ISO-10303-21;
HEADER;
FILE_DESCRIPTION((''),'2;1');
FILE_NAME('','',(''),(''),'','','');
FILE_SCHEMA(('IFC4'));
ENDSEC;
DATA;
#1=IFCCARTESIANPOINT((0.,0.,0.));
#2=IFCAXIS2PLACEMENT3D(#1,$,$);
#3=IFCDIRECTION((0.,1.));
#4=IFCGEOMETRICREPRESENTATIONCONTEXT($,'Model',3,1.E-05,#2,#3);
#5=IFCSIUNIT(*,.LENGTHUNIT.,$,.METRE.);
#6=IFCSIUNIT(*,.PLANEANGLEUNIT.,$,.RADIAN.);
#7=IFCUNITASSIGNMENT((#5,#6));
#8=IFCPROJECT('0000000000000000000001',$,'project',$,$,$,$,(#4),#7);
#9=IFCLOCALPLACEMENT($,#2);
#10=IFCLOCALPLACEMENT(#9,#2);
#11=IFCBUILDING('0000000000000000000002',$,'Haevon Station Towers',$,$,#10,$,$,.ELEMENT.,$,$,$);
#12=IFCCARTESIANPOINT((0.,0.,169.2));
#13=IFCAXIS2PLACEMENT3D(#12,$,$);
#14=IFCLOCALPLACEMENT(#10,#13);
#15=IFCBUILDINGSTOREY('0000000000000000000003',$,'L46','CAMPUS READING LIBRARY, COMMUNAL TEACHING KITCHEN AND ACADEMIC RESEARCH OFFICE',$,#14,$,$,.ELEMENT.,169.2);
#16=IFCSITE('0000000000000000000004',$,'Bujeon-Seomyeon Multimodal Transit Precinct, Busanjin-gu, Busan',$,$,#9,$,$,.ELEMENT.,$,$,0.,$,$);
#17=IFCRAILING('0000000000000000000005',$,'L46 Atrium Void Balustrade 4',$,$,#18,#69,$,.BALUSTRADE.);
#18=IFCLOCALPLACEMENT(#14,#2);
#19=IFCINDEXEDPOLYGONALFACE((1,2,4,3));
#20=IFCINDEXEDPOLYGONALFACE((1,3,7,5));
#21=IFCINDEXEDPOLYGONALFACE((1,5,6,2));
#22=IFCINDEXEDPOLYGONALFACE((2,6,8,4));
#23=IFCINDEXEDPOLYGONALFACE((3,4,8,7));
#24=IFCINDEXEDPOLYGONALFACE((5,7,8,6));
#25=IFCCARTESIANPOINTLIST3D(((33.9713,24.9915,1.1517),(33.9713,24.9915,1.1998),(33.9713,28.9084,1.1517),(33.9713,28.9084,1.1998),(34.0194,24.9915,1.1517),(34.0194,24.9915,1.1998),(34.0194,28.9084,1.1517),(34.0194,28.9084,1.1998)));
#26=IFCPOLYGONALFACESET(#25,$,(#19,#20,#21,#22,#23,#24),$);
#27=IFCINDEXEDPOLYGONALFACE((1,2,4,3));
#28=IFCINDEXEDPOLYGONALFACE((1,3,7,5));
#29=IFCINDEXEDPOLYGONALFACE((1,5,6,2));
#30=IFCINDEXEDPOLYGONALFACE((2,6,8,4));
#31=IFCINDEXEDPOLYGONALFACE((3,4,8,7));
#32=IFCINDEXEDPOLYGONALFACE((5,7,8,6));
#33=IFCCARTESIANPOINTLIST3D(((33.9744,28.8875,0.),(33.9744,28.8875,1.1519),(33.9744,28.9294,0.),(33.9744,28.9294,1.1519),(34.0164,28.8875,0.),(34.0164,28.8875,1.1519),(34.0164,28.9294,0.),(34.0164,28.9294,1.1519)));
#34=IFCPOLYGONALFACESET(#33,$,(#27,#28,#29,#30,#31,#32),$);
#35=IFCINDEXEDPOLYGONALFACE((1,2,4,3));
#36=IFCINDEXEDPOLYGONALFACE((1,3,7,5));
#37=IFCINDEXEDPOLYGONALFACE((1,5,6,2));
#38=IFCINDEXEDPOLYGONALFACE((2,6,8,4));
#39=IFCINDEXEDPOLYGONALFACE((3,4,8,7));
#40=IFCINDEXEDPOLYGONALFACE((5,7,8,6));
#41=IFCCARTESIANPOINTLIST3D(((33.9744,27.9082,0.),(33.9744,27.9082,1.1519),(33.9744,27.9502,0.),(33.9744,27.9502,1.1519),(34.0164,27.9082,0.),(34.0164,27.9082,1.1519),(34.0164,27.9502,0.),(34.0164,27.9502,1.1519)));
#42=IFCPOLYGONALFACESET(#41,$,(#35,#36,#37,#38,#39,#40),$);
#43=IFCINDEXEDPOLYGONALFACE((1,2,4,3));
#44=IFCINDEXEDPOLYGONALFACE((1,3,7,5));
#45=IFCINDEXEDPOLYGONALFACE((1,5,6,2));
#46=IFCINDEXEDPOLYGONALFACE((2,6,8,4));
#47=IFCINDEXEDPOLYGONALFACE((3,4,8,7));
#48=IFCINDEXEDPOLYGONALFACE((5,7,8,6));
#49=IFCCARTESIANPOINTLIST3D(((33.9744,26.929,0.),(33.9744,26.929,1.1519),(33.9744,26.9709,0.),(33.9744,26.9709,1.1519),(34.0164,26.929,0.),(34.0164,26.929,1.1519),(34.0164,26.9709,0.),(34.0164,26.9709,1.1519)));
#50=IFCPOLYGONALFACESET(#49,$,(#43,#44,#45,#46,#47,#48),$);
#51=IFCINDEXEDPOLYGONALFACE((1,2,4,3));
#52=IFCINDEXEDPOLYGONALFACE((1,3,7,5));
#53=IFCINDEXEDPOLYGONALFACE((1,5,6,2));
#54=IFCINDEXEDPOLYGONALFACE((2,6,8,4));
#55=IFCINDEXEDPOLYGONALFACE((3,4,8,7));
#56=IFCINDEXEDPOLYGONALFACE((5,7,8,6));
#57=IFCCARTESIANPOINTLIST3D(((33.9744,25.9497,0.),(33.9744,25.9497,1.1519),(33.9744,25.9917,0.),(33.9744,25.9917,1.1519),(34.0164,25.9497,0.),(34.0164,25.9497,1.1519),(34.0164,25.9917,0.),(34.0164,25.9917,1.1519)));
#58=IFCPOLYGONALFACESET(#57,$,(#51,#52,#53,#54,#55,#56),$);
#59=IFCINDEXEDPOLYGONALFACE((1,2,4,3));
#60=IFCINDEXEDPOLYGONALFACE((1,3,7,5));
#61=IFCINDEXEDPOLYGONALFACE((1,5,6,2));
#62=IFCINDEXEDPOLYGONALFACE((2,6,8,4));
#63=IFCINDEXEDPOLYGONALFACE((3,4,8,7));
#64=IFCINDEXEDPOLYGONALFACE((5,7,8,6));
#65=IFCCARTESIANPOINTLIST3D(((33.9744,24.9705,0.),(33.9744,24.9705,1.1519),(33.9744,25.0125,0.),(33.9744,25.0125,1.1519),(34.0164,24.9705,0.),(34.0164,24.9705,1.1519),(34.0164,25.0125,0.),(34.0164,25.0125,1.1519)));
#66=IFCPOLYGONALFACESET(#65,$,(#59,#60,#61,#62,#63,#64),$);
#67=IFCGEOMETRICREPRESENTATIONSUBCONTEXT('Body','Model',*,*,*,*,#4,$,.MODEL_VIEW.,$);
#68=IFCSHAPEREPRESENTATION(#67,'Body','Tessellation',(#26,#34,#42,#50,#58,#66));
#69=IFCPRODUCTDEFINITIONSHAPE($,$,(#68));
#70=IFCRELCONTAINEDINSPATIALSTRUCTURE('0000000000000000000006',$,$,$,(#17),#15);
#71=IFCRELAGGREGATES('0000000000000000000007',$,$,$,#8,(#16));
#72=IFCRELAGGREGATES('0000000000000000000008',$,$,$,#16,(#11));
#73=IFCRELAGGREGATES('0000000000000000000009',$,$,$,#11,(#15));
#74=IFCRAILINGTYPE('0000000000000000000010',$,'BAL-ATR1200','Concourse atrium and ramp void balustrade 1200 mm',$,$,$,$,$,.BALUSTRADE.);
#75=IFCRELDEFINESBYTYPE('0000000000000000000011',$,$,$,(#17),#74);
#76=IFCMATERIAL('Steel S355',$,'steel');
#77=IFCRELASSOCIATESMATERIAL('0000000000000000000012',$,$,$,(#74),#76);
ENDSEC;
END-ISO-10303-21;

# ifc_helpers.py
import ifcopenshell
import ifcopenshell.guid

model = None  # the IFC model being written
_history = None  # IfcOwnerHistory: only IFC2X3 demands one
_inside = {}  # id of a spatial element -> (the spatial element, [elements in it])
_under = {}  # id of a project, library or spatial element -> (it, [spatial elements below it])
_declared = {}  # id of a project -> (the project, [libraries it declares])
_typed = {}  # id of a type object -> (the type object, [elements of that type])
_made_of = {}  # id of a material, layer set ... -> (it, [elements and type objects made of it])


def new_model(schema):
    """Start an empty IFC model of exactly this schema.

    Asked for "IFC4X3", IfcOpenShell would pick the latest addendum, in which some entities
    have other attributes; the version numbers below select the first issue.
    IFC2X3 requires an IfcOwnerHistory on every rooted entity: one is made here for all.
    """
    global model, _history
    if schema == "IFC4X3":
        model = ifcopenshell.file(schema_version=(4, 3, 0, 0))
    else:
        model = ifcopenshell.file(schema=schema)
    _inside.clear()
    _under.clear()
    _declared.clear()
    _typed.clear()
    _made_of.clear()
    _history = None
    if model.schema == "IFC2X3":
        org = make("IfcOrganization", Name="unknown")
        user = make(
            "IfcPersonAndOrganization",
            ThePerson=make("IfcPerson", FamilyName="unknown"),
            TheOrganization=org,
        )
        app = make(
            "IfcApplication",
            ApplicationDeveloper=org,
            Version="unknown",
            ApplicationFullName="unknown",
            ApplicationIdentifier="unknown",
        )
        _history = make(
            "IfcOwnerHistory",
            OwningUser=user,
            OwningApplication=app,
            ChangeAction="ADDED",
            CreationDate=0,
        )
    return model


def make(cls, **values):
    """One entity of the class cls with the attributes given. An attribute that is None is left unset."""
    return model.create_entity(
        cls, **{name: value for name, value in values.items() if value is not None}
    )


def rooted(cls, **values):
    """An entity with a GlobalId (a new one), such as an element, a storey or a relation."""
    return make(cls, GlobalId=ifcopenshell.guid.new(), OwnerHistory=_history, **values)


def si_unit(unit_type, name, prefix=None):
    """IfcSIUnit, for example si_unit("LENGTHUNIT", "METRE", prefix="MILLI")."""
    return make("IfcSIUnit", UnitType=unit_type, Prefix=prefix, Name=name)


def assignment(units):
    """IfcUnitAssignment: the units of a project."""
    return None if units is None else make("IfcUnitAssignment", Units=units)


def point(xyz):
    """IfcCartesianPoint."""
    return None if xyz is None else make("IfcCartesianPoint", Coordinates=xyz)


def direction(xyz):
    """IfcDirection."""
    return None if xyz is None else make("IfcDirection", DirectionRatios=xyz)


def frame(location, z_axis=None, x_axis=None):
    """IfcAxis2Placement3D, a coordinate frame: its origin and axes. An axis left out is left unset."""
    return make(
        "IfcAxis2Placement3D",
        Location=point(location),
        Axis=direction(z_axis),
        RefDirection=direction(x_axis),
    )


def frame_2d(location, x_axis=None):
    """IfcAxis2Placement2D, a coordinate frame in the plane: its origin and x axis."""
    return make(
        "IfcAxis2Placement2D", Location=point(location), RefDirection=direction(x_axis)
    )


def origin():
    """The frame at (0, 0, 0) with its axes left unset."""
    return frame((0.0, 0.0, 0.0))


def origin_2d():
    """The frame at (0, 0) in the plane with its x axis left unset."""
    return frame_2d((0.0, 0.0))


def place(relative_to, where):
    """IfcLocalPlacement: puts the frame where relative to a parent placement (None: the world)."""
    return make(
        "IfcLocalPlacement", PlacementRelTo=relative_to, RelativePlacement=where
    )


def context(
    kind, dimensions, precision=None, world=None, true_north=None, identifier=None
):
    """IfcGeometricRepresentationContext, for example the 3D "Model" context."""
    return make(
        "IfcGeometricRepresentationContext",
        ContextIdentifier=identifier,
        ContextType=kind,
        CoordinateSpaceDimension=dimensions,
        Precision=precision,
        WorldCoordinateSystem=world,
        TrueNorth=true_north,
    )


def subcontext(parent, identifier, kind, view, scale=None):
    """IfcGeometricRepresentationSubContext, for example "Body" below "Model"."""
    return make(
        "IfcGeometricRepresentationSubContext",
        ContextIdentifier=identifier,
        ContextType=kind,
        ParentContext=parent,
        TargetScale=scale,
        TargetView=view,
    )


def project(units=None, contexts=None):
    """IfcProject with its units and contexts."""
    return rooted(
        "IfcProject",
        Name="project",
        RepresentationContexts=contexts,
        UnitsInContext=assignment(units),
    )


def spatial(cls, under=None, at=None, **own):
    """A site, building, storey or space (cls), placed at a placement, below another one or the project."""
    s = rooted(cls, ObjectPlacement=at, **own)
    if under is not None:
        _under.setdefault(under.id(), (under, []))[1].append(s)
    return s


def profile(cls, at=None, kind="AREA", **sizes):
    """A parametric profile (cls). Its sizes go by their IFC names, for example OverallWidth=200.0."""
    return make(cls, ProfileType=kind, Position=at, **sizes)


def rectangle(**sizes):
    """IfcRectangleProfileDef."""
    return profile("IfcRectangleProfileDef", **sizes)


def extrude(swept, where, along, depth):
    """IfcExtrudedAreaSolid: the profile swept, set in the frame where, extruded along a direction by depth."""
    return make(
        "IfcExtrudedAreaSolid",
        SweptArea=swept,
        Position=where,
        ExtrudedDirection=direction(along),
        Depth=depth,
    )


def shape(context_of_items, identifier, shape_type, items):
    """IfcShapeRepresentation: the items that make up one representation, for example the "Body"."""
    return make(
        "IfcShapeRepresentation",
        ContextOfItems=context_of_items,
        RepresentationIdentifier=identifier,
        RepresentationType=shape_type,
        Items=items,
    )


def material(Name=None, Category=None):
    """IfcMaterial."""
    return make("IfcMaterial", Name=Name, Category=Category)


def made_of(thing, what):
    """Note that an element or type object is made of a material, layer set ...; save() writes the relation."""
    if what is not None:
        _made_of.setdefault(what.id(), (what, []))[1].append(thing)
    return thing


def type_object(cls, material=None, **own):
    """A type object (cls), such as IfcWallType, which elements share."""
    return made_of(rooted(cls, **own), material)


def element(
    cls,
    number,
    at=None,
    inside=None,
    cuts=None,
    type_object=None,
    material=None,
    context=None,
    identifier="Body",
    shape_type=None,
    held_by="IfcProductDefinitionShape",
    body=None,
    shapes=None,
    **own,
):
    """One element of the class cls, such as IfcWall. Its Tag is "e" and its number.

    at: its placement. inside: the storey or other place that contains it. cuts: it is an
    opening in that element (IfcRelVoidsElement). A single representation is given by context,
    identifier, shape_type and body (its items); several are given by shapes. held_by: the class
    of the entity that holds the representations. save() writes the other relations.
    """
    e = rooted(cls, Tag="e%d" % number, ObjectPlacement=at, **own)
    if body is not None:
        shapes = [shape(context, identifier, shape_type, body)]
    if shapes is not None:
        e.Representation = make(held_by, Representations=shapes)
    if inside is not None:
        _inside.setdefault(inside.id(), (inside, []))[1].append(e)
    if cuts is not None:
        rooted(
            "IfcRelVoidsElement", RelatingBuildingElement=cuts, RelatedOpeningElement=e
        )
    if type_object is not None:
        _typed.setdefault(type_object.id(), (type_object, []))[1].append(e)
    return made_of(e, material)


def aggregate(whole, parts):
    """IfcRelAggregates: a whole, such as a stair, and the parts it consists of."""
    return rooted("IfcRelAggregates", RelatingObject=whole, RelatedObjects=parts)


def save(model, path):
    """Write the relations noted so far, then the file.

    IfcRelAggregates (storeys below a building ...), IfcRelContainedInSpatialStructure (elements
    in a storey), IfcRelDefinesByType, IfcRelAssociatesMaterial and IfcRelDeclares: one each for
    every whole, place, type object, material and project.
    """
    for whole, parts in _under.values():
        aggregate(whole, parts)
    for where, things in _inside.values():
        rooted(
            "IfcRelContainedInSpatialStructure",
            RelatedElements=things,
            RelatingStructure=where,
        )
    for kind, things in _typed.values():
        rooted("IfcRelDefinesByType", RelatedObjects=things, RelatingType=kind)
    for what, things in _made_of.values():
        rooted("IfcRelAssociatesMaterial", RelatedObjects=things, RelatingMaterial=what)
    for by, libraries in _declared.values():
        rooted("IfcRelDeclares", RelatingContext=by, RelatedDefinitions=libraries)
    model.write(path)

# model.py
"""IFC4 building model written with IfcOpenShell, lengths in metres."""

from ifc_helpers import new_model, si_unit, direction, frame, origin, origin_2d, place, context, subcontext, project, spatial, rectangle, extrude, material, type_object, element, save


model = new_model("IFC4")

# Units and contexts
model_context = context("Model", 3, precision=1e-05, world=origin(), true_north=direction((0.0, 1.0)))
body_context = subcontext(model_context, "Body", "Model", "MODEL_VIEW")
ifc_project = project(units=[si_unit("LENGTHUNIT", "METRE"), si_unit("PLANEANGLEUNIT", "RADIAN")], contexts=[model_context])

# Site, building, storey
site_placement = place(None, origin())
site = spatial("IfcSite", under=ifc_project, at=site_placement, Name="Bujeon-Seomyeon Multimodal Transit Precinct, Busanjin-gu, Busan", CompositionType="ELEMENT", RefElevation=0.0)
building_placement = place(site_placement, origin())
building = spatial("IfcBuilding", under=site, at=building_placement, Name="Haevon Station Towers", CompositionType="ELEMENT")
storey_placement = place(building_placement, frame((0.0, 0.0, 169.2)))
storey = spatial("IfcBuildingStorey", under=building, at=storey_placement, Name="L46", Description="CAMPUS READING LIBRARY, COMMUNAL TEACHING KITCHEN AND ACADEMIC RESEARCH OFFICE", CompositionType="ELEMENT", Elevation=169.2)

# Shared definitions
ifc_material_1 = material(Name="Steel S355", Category="steel")

# Railing
railing_type = type_object("IfcRailingType", Name="BAL-ATR1200", Description="Concourse atrium and ramp void balustrade 1200 mm", PredefinedType="BALUSTRADE", material=ifc_material_1)
railing_1_placement = place(storey_placement, frame((33.9954, 28.9084, 0.0)))
element("IfcRailing", 1, at=railing_1_placement, inside=storey, type_object=railing_type, Name="L46 Atrium Void Balustrade 4", PredefinedType="BALUSTRADE", context=body_context, shape_type="SweptSolid", body=[
    extrude(rectangle(XDim=0.0481, YDim=0.0481, at=origin_2d()), frame((0.0, 0.0, 1.1758), z_axis=(0.0, -1.0, 0.0), x_axis=(1.0, 0.0, 0.0)), (0.0, 0.0, 1.0), 3.917),
    extrude(rectangle(XDim=0.042, YDim=0.042, at=origin_2d()), origin(), (0.0, 0.0, 1.0), 1.1519),
    extrude(rectangle(XDim=0.042, YDim=0.042, at=origin_2d()), frame((0.0, -0.9792, 0.0)), (0.0, 0.0, 1.0), 1.1519),
    extrude(rectangle(XDim=0.042, YDim=0.042, at=origin_2d()), frame((0.0, -1.9585, 0.0)), (0.0, 0.0, 1.0), 1.1519),
    extrude(rectangle(XDim=0.042, YDim=0.042, at=origin_2d()), frame((0.0, -2.9377, 0.0)), (0.0, 0.0, 1.0), 1.1519),
    extrude(rectangle(XDim=0.042, YDim=0.042, at=origin_2d()), frame((0.0, -3.917, 0.0)), (0.0, 0.0, 1.0), 1.1519),
])

save(model, "model.ifc")
